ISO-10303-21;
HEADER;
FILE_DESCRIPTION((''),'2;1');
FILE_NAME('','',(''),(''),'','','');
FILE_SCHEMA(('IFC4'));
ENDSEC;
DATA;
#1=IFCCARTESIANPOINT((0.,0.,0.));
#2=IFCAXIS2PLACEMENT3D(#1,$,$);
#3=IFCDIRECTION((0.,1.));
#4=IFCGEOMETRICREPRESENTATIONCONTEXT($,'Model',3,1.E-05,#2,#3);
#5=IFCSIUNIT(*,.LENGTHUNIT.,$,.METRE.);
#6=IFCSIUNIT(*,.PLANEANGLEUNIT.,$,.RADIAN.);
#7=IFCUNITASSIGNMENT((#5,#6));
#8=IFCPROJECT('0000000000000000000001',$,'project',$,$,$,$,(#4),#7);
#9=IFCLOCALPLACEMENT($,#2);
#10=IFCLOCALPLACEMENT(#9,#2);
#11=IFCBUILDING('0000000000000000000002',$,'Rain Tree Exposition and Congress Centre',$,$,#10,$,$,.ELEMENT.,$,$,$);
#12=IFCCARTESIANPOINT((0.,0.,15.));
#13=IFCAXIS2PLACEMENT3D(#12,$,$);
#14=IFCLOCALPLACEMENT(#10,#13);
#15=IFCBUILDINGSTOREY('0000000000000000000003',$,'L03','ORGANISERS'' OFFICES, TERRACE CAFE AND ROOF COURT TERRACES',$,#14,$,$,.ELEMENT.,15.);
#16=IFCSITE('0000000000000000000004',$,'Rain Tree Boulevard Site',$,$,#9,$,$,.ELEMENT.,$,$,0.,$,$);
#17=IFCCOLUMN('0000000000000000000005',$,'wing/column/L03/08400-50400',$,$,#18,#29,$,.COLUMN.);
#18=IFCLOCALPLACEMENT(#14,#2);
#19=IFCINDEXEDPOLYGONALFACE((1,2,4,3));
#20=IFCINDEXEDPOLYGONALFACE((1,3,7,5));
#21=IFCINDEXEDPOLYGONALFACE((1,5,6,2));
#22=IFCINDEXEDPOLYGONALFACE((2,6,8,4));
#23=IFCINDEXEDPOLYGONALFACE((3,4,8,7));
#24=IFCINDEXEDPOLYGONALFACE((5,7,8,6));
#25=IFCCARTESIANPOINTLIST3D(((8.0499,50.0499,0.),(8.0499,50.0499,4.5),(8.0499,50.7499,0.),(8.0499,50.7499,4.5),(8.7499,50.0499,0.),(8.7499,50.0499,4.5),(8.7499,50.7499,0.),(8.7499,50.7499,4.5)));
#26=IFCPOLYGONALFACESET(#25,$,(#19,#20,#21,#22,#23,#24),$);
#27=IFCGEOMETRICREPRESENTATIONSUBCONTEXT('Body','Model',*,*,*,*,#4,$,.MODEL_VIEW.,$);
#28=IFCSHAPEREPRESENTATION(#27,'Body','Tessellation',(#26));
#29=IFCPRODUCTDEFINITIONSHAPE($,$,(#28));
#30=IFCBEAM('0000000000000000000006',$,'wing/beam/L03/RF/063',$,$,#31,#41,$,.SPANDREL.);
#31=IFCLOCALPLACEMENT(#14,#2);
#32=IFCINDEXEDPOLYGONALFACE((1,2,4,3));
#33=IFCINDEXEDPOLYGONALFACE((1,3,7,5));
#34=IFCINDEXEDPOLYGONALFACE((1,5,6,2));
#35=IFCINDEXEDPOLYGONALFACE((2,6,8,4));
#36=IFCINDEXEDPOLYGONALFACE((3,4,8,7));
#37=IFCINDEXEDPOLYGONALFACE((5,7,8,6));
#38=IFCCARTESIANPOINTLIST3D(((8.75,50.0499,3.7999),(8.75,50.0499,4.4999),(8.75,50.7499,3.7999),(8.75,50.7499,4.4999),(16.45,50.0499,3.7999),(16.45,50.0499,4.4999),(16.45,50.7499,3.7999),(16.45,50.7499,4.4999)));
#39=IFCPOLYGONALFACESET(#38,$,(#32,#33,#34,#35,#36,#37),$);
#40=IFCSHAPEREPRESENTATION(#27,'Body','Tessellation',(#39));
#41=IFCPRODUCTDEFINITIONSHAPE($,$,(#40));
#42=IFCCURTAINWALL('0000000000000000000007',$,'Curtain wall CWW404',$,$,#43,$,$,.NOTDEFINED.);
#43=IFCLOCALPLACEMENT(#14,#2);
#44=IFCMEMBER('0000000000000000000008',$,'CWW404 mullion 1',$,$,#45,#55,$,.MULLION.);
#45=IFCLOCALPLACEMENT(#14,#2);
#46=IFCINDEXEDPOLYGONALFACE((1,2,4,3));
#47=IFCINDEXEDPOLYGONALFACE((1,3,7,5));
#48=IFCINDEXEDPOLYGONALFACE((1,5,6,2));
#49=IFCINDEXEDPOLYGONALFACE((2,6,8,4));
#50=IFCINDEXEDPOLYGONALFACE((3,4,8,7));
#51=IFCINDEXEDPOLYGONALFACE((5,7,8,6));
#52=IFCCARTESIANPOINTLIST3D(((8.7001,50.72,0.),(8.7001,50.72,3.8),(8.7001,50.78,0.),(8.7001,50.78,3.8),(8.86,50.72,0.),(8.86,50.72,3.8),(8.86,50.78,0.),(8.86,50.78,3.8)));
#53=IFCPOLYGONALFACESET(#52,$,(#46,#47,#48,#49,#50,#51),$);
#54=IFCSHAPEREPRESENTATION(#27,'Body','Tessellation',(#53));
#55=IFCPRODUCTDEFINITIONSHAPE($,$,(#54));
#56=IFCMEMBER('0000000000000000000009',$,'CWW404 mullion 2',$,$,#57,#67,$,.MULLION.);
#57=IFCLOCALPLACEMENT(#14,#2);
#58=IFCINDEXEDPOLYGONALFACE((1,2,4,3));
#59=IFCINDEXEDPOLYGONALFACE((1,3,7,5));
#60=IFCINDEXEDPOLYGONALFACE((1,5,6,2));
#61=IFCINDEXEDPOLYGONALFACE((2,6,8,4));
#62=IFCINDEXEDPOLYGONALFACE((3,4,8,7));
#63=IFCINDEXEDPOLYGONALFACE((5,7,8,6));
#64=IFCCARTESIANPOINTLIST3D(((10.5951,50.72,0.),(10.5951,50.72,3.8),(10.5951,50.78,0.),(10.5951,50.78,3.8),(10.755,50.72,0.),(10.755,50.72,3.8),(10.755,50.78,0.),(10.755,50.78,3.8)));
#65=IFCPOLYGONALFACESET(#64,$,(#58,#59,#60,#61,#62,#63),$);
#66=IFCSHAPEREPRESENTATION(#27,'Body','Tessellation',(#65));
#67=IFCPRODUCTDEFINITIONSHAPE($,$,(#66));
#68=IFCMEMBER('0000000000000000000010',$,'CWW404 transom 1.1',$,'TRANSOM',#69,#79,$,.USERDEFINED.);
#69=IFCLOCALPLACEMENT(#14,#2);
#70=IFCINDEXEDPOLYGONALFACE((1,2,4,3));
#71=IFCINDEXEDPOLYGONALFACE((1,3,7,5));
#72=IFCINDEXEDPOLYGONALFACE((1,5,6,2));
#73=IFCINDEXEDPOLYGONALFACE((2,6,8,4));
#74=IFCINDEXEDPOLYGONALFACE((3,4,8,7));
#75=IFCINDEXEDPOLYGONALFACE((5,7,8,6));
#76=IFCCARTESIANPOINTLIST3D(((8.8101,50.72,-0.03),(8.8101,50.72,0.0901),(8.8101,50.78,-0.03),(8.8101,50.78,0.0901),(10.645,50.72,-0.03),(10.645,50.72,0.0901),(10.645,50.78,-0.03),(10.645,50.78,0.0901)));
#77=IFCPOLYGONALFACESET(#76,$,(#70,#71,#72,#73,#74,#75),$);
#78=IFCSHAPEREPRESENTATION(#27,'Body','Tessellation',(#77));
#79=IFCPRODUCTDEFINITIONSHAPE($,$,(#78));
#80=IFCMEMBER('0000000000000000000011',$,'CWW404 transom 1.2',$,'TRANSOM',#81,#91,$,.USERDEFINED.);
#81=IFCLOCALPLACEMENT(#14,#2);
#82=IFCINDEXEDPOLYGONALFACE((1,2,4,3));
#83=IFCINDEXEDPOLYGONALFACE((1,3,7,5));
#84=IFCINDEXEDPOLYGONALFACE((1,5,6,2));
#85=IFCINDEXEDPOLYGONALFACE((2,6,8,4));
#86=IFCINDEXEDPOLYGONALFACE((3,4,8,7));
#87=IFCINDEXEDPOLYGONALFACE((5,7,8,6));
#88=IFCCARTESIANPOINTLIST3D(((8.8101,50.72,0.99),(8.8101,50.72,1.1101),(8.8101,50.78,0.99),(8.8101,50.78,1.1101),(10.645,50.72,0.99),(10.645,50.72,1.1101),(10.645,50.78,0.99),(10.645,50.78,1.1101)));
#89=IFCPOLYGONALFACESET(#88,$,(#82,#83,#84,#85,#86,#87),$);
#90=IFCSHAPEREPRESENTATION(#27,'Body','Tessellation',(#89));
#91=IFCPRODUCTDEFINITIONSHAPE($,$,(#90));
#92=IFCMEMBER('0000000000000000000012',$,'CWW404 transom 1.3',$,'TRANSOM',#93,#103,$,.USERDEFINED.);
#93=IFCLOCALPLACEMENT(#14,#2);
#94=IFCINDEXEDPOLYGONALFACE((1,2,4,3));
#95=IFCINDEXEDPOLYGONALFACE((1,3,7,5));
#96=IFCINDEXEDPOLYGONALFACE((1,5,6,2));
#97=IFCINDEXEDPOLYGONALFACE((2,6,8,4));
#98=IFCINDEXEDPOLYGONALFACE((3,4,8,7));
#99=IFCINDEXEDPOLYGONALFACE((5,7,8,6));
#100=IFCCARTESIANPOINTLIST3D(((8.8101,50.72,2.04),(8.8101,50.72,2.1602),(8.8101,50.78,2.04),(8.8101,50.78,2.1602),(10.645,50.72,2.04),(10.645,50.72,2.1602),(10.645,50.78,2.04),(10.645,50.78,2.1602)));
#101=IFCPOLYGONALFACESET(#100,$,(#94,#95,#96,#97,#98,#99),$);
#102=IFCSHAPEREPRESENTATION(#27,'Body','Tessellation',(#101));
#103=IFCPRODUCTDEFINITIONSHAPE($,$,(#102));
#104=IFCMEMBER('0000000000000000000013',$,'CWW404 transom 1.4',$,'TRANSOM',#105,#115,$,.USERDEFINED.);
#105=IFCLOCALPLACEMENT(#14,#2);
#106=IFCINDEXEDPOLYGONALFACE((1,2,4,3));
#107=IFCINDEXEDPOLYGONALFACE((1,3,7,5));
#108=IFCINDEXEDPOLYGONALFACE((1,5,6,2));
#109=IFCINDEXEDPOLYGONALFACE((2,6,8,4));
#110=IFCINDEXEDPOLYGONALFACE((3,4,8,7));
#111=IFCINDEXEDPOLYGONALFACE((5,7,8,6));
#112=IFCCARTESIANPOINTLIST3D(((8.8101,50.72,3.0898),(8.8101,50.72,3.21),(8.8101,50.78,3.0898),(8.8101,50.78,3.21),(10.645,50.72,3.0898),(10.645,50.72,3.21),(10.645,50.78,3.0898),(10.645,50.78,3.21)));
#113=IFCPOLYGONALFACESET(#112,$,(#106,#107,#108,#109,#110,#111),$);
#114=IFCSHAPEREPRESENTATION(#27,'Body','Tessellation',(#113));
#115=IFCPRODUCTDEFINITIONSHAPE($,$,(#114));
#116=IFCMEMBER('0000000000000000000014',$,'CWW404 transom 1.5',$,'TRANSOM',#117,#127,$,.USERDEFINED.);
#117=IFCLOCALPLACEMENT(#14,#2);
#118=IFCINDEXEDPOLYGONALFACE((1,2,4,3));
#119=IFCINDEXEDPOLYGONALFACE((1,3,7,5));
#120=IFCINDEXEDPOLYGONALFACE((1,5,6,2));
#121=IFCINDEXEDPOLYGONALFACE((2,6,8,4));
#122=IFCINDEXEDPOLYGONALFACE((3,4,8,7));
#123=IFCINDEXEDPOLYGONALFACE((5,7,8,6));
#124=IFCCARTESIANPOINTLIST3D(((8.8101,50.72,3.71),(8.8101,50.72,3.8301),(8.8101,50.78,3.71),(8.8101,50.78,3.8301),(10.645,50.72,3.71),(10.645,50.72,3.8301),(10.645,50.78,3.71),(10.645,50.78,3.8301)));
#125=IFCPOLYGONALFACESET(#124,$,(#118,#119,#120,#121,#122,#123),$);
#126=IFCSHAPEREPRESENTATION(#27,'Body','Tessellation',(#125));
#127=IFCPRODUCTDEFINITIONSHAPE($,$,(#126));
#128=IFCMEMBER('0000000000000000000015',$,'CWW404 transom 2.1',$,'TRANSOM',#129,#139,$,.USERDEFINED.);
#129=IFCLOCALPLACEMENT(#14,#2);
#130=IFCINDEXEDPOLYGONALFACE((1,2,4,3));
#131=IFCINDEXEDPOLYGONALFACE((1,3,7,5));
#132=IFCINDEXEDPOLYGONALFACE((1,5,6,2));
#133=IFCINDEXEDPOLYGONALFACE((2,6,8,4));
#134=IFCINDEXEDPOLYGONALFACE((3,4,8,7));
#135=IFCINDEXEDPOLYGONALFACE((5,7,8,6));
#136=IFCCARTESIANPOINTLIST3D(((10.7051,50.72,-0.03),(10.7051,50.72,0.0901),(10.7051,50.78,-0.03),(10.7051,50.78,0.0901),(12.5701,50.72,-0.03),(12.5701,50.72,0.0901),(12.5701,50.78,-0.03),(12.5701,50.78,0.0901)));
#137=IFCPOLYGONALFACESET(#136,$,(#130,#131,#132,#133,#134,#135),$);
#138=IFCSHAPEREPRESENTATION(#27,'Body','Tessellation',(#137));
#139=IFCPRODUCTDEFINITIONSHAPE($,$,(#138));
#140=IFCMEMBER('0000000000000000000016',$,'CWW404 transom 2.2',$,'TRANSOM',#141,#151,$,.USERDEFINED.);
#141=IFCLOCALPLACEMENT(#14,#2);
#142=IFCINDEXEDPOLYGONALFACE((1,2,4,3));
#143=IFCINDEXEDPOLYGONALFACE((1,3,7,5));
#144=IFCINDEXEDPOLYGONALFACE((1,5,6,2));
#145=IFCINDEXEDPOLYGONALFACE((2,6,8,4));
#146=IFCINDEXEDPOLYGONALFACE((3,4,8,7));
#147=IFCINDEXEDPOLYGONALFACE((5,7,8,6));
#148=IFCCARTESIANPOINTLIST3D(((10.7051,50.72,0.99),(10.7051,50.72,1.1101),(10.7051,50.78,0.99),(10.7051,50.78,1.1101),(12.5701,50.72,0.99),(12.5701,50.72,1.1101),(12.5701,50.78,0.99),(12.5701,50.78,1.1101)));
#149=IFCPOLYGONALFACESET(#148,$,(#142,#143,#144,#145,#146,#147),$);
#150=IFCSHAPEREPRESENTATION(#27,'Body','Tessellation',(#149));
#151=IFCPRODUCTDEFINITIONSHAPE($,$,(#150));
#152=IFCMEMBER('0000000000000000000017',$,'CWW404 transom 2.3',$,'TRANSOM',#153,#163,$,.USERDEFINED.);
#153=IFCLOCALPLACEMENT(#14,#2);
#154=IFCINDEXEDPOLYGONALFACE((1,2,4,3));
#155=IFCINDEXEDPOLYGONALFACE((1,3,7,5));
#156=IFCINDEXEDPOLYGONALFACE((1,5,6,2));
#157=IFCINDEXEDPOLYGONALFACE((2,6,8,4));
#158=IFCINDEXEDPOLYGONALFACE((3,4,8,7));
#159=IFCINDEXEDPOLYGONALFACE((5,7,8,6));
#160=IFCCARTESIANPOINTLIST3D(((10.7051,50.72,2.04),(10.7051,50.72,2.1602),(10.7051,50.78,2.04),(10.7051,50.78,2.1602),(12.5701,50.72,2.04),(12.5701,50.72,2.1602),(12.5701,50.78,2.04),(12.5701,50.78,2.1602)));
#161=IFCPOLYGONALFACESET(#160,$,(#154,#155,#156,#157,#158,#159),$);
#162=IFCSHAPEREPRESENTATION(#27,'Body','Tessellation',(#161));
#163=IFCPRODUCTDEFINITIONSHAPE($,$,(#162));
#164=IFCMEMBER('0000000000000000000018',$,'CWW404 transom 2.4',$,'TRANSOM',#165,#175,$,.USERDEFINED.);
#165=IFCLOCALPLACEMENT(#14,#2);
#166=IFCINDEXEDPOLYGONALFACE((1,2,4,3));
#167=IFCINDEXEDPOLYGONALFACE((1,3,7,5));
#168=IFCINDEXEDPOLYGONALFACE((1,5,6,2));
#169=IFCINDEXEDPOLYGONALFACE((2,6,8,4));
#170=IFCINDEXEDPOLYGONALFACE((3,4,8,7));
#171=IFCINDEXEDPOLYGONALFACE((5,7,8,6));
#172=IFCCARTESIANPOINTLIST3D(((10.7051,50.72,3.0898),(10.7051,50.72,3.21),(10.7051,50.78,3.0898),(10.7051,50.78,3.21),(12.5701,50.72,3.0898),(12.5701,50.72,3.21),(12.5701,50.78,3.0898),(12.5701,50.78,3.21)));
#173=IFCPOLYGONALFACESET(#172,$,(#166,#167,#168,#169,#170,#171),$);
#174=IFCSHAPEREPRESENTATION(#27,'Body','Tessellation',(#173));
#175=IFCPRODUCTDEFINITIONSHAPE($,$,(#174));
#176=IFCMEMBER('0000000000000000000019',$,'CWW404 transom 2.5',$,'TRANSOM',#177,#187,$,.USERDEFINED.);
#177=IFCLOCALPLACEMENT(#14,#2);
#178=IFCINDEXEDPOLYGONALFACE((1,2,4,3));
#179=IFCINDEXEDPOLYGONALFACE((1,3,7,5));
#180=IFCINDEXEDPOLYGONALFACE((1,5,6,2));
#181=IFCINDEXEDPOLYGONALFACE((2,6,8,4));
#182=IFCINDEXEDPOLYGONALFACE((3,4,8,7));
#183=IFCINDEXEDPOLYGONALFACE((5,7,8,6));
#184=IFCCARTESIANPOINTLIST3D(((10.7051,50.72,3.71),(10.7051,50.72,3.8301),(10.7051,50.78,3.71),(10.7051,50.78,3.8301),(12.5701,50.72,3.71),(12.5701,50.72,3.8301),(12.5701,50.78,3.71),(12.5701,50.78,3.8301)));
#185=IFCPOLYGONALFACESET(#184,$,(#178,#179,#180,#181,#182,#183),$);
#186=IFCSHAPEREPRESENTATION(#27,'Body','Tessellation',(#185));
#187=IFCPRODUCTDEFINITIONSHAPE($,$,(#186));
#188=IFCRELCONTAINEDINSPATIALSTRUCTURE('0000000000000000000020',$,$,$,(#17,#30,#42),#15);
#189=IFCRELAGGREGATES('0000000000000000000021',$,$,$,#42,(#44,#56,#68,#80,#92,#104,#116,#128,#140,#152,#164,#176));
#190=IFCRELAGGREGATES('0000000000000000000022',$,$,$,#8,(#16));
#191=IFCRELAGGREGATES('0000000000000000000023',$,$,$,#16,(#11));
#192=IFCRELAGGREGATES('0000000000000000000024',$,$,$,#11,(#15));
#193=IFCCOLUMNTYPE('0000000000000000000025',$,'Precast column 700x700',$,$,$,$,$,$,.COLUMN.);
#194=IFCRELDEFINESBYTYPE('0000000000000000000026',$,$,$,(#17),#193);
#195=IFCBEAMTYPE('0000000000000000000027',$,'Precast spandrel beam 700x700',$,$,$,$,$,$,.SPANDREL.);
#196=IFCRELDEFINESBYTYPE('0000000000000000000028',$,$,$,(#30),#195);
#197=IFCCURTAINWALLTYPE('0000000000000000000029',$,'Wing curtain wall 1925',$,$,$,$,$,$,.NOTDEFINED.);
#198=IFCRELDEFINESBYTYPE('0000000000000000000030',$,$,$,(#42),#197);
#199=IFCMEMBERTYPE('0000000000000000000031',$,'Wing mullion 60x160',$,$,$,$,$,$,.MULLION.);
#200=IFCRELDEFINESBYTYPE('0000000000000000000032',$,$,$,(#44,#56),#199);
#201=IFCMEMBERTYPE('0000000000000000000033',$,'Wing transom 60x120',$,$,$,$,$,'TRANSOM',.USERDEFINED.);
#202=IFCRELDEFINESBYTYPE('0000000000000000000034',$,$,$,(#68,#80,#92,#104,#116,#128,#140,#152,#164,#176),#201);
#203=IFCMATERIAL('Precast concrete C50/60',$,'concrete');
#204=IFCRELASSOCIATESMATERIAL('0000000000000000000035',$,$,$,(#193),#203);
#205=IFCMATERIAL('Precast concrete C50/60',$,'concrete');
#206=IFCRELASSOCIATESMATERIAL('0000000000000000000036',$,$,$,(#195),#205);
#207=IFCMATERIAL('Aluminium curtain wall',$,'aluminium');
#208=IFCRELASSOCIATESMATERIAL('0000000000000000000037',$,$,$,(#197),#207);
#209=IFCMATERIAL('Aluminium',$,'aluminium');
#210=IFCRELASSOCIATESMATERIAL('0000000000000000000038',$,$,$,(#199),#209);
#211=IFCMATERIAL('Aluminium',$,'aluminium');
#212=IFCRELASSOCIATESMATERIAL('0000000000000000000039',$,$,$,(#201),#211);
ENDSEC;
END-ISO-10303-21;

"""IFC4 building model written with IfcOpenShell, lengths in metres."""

from ifc_helpers import new_model, si_unit, direction, frame, origin, origin_2d, place, context, subcontext, project, spatial, rectangle, extrude, material, material_profile, profile_set, type_object, element, aggregate, save


model = new_model("IFC4")

# Units and contexts
model_context = context("Model", 3, precision=1e-05, world=origin(), true_north=direction((0.0, 1.0)))
body_context = subcontext(model_context, "Body", "Model", "MODEL_VIEW")
ifc_project = project(units=[si_unit("LENGTHUNIT", "METRE"), si_unit("PLANEANGLEUNIT", "RADIAN")], contexts=[model_context])

# Site, building, storey
site_placement = place(None, origin())
site = spatial("IfcSite", under=ifc_project, at=site_placement, Name="Rain Tree Boulevard Site", CompositionType="ELEMENT", RefElevation=0.0)
building_placement = place(site_placement, origin())
building = spatial("IfcBuilding", under=site, at=building_placement, Name="Rain Tree Exposition and Congress Centre", CompositionType="ELEMENT")
storey_placement = place(building_placement, frame((0.0, 0.0, 15.0)))
storey = spatial("IfcBuildingStorey", under=building, at=storey_placement, Name="L03", Description="ORGANISERS' OFFICES, TERRACE CAFE AND ROOF COURT TERRACES", CompositionType="ELEMENT", Elevation=15.0)

# Column
ifc_material_1 = material(Name="Precast concrete C50/60", Category="concrete")
ifc_material_profile_1 = material_profile(ifc_material_1, rectangle(XDim=0.7, YDim=0.7, at=origin_2d()), Name="RC 700x700")
ifc_profile_set_1 = profile_set([ifc_material_profile_1], Name="Precast concrete C50/60")
column_type = type_object("IfcColumnType", Name="Precast column 700x700", PredefinedType="COLUMN", material=ifc_profile_set_1)
column_placement = place(storey_placement, frame((8.3999, 50.3999, 0.0), z_axis=(0.0, 0.0, 1.0), x_axis=(1.0, 0.0, 0.0)))
element("IfcColumn", 1, at=column_placement, inside=storey, type_object=column_type, Name="wing/column/L03/08400-50400", PredefinedType="COLUMN", context=body_context, shape_type="SweptSolid", body=[
    extrude(rectangle(XDim=0.7, YDim=0.7, at=origin_2d()), origin(), (0.0, 0.0, 1.0), 4.5),
])

# Beam
ifc_material_2 = material(Name="Precast concrete C50/60", Category="concrete")
ifc_material_profile_2 = material_profile(ifc_material_2, rectangle(XDim=0.7, YDim=0.7, at=origin_2d()), Name="RC 700x700")
ifc_profile_set_2 = profile_set([ifc_material_profile_2], Name="Precast concrete C50/60")
beam_type = type_object("IfcBeamType", Name="Precast spandrel beam 700x700", PredefinedType="SPANDREL", material=ifc_profile_set_2)
beam_placement = place(storey_placement, frame((8.75, 50.3999, 4.1499), z_axis=(1.0, 0.0, 0.0), x_axis=(0.0, 1.0, 0.0)))
element("IfcBeam", 2, at=beam_placement, inside=storey, type_object=beam_type, Name="wing/beam/L03/RF/063", PredefinedType="SPANDREL", context=body_context, shape_type="SweptSolid", body=[
    extrude(rectangle(XDim=0.7, YDim=0.7, at=origin_2d()), origin(), (0.0, 0.0, 1.0), 7.7),
])

# Curtain wall, members
ifc_material_3 = material(Name="Aluminium curtain wall", Category="aluminium")
curtain_wall_type = type_object("IfcCurtainWallType", Name="Wing curtain wall 1925", PredefinedType="NOTDEFINED", material=ifc_material_3)
curtain_wall_1_placement = place(storey_placement, origin())
curtain_wall_1 = element("IfcCurtainWall", 3, at=curtain_wall_1_placement, inside=storey, type_object=curtain_wall_type, Name="Curtain wall CWW404", PredefinedType="NOTDEFINED")
ifc_material_4 = material(Name="Aluminium", Category="aluminium")
ifc_material_profile_3 = material_profile(ifc_material_4, rectangle(XDim=0.0601, YDim=0.1599, at=origin_2d()), Name="Aluminium 60x160")
ifc_profile_set_3 = profile_set([ifc_material_profile_3], Name="Aluminium")
member_type_1 = type_object("IfcMemberType", Name="Wing mullion 60x160", PredefinedType="MULLION", material=ifc_profile_set_3)
member_1_placement = place(storey_placement, frame((8.78, 50.75, 0.0), z_axis=(0.0, 0.0, 1.0), x_axis=(0.0, 1.0, 0.0)))
member_1 = element("IfcMember", 4, at=member_1_placement, type_object=member_type_1, Name="CWW404 mullion 1", PredefinedType="MULLION", context=body_context, shape_type="SweptSolid", body=[
    extrude(rectangle(XDim=0.0601, YDim=0.1599, at=origin_2d()), origin(), (0.0, 0.0, 1.0), 3.8),
])
member_2_placement = place(storey_placement, frame((10.675, 50.75, 0.0), z_axis=(0.0, 0.0, 1.0), x_axis=(0.0, 1.0, 0.0)))
member_2 = element("IfcMember", 5, at=member_2_placement, type_object=member_type_1, Name="CWW404 mullion 2", PredefinedType="MULLION", context=body_context, shape_type="SweptSolid", body=[
    extrude(rectangle(XDim=0.0601, YDim=0.1599, at=origin_2d()), origin(), (0.0, 0.0, 1.0), 3.8),
])
ifc_material_5 = material(Name="Aluminium", Category="aluminium")
ifc_material_profile_4 = material_profile(ifc_material_5, rectangle(XDim=0.0601, YDim=0.1201, at=origin_2d()), Name="Aluminium 60x120")
ifc_profile_set_4 = profile_set([ifc_material_profile_4], Name="Aluminium")
member_type_2 = type_object("IfcMemberType", Name="Wing transom 60x120", ElementType="TRANSOM", PredefinedType="USERDEFINED", material=ifc_profile_set_4)
member_3_placement = place(storey_placement, frame((8.8101, 50.75, 0.03), z_axis=(1.0, 0.0, 0.0), x_axis=(0.0, 1.0, 0.0)))
member_3 = element("IfcMember", 6, at=member_3_placement, type_object=member_type_2, Name="CWW404 transom 1.1", ObjectType="TRANSOM", PredefinedType="USERDEFINED", context=body_context, shape_type="SweptSolid", body=[
    extrude(rectangle(XDim=0.0601, YDim=0.1201, at=origin_2d()), origin(), (0.0, 0.0, 1.0), 1.835),
])
member_4_placement = place(storey_placement, frame((8.8101, 50.75, 1.05), z_axis=(1.0, 0.0, 0.0), x_axis=(0.0, 1.0, 0.0)))
member_4 = element("IfcMember", 7, at=member_4_placement, type_object=member_type_2, Name="CWW404 transom 1.2", ObjectType="TRANSOM", PredefinedType="USERDEFINED", context=body_context, shape_type="SweptSolid", body=[
    extrude(rectangle(XDim=0.0601, YDim=0.1201, at=origin_2d()), origin(), (0.0, 0.0, 1.0), 1.835),
])
member_5_placement = place(storey_placement, frame((8.8101, 50.75, 2.1001), z_axis=(1.0, 0.0, 0.0), x_axis=(0.0, 1.0, 0.0)))
member_5 = element("IfcMember", 8, at=member_5_placement, type_object=member_type_2, Name="CWW404 transom 1.3", ObjectType="TRANSOM", PredefinedType="USERDEFINED", context=body_context, shape_type="SweptSolid", body=[
    extrude(rectangle(XDim=0.0601, YDim=0.1201, at=origin_2d()), origin(), (0.0, 0.0, 1.0), 1.835),
])
member_6_placement = place(storey_placement, frame((8.8101, 50.75, 3.1499), z_axis=(1.0, 0.0, 0.0), x_axis=(0.0, 1.0, 0.0)))
member_6 = element("IfcMember", 9, at=member_6_placement, type_object=member_type_2, Name="CWW404 transom 1.4", ObjectType="TRANSOM", PredefinedType="USERDEFINED", context=body_context, shape_type="SweptSolid", body=[
    extrude(rectangle(XDim=0.0601, YDim=0.1201, at=origin_2d()), origin(), (0.0, 0.0, 1.0), 1.835),
])
member_7_placement = place(storey_placement, frame((8.8101, 50.75, 3.77), z_axis=(1.0, 0.0, 0.0), x_axis=(0.0, 1.0, 0.0)))
member_7 = element("IfcMember", 10, at=member_7_placement, type_object=member_type_2, Name="CWW404 transom 1.5", ObjectType="TRANSOM", PredefinedType="USERDEFINED", context=body_context, shape_type="SweptSolid", body=[
    extrude(rectangle(XDim=0.0601, YDim=0.1201, at=origin_2d()), origin(), (0.0, 0.0, 1.0), 1.835),
])
member_8_placement = place(storey_placement, frame((10.7051, 50.75, 0.03), z_axis=(1.0, 0.0, 0.0), x_axis=(0.0, 1.0, 0.0)))
member_8 = element("IfcMember", 11, at=member_8_placement, type_object=member_type_2, Name="CWW404 transom 2.1", ObjectType="TRANSOM", PredefinedType="USERDEFINED", context=body_context, shape_type="SweptSolid", body=[
    extrude(rectangle(XDim=0.0601, YDim=0.1201, at=origin_2d()), origin(), (0.0, 0.0, 1.0), 1.865),
])
member_9_placement = place(storey_placement, frame((10.7051, 50.75, 1.05), z_axis=(1.0, 0.0, 0.0), x_axis=(0.0, 1.0, 0.0)))
member_9 = element("IfcMember", 12, at=member_9_placement, type_object=member_type_2, Name="CWW404 transom 2.2", ObjectType="TRANSOM", PredefinedType="USERDEFINED", context=body_context, shape_type="SweptSolid", body=[
    extrude(rectangle(XDim=0.0601, YDim=0.1201, at=origin_2d()), origin(), (0.0, 0.0, 1.0), 1.865),
])
member_10_placement = place(storey_placement, frame((10.7051, 50.75, 2.1001), z_axis=(1.0, 0.0, 0.0), x_axis=(0.0, 1.0, 0.0)))
member_10 = element("IfcMember", 13, at=member_10_placement, type_object=member_type_2, Name="CWW404 transom 2.3", ObjectType="TRANSOM", PredefinedType="USERDEFINED", context=body_context, shape_type="SweptSolid", body=[
    extrude(rectangle(XDim=0.0601, YDim=0.1201, at=origin_2d()), origin(), (0.0, 0.0, 1.0), 1.865),
])
member_11_placement = place(storey_placement, frame((10.7051, 50.75, 3.1499), z_axis=(1.0, 0.0, 0.0), x_axis=(0.0, 1.0, 0.0)))
member_11 = element("IfcMember", 14, at=member_11_placement, type_object=member_type_2, Name="CWW404 transom 2.4", ObjectType="TRANSOM", PredefinedType="USERDEFINED", context=body_context, shape_type="SweptSolid", body=[
    extrude(rectangle(XDim=0.0601, YDim=0.1201, at=origin_2d()), origin(), (0.0, 0.0, 1.0), 1.865),
])
member_12_placement = place(storey_placement, frame((10.7051, 50.75, 3.77), z_axis=(1.0, 0.0, 0.0), x_axis=(0.0, 1.0, 0.0)))
member_12 = element("IfcMember", 15, at=member_12_placement, type_object=member_type_2, Name="CWW404 transom 2.5", ObjectType="TRANSOM", PredefinedType="USERDEFINED", context=body_context, shape_type="SweptSolid", body=[
    extrude(rectangle(XDim=0.0601, YDim=0.1201, at=origin_2d()), origin(), (0.0, 0.0, 1.0), 1.865),
])

aggregate(curtain_wall_1, [member_1, member_2, member_3, member_4, member_5, member_6, member_7, member_8, member_9, member_10, member_11, member_12])

save(model, "model.ifc")
